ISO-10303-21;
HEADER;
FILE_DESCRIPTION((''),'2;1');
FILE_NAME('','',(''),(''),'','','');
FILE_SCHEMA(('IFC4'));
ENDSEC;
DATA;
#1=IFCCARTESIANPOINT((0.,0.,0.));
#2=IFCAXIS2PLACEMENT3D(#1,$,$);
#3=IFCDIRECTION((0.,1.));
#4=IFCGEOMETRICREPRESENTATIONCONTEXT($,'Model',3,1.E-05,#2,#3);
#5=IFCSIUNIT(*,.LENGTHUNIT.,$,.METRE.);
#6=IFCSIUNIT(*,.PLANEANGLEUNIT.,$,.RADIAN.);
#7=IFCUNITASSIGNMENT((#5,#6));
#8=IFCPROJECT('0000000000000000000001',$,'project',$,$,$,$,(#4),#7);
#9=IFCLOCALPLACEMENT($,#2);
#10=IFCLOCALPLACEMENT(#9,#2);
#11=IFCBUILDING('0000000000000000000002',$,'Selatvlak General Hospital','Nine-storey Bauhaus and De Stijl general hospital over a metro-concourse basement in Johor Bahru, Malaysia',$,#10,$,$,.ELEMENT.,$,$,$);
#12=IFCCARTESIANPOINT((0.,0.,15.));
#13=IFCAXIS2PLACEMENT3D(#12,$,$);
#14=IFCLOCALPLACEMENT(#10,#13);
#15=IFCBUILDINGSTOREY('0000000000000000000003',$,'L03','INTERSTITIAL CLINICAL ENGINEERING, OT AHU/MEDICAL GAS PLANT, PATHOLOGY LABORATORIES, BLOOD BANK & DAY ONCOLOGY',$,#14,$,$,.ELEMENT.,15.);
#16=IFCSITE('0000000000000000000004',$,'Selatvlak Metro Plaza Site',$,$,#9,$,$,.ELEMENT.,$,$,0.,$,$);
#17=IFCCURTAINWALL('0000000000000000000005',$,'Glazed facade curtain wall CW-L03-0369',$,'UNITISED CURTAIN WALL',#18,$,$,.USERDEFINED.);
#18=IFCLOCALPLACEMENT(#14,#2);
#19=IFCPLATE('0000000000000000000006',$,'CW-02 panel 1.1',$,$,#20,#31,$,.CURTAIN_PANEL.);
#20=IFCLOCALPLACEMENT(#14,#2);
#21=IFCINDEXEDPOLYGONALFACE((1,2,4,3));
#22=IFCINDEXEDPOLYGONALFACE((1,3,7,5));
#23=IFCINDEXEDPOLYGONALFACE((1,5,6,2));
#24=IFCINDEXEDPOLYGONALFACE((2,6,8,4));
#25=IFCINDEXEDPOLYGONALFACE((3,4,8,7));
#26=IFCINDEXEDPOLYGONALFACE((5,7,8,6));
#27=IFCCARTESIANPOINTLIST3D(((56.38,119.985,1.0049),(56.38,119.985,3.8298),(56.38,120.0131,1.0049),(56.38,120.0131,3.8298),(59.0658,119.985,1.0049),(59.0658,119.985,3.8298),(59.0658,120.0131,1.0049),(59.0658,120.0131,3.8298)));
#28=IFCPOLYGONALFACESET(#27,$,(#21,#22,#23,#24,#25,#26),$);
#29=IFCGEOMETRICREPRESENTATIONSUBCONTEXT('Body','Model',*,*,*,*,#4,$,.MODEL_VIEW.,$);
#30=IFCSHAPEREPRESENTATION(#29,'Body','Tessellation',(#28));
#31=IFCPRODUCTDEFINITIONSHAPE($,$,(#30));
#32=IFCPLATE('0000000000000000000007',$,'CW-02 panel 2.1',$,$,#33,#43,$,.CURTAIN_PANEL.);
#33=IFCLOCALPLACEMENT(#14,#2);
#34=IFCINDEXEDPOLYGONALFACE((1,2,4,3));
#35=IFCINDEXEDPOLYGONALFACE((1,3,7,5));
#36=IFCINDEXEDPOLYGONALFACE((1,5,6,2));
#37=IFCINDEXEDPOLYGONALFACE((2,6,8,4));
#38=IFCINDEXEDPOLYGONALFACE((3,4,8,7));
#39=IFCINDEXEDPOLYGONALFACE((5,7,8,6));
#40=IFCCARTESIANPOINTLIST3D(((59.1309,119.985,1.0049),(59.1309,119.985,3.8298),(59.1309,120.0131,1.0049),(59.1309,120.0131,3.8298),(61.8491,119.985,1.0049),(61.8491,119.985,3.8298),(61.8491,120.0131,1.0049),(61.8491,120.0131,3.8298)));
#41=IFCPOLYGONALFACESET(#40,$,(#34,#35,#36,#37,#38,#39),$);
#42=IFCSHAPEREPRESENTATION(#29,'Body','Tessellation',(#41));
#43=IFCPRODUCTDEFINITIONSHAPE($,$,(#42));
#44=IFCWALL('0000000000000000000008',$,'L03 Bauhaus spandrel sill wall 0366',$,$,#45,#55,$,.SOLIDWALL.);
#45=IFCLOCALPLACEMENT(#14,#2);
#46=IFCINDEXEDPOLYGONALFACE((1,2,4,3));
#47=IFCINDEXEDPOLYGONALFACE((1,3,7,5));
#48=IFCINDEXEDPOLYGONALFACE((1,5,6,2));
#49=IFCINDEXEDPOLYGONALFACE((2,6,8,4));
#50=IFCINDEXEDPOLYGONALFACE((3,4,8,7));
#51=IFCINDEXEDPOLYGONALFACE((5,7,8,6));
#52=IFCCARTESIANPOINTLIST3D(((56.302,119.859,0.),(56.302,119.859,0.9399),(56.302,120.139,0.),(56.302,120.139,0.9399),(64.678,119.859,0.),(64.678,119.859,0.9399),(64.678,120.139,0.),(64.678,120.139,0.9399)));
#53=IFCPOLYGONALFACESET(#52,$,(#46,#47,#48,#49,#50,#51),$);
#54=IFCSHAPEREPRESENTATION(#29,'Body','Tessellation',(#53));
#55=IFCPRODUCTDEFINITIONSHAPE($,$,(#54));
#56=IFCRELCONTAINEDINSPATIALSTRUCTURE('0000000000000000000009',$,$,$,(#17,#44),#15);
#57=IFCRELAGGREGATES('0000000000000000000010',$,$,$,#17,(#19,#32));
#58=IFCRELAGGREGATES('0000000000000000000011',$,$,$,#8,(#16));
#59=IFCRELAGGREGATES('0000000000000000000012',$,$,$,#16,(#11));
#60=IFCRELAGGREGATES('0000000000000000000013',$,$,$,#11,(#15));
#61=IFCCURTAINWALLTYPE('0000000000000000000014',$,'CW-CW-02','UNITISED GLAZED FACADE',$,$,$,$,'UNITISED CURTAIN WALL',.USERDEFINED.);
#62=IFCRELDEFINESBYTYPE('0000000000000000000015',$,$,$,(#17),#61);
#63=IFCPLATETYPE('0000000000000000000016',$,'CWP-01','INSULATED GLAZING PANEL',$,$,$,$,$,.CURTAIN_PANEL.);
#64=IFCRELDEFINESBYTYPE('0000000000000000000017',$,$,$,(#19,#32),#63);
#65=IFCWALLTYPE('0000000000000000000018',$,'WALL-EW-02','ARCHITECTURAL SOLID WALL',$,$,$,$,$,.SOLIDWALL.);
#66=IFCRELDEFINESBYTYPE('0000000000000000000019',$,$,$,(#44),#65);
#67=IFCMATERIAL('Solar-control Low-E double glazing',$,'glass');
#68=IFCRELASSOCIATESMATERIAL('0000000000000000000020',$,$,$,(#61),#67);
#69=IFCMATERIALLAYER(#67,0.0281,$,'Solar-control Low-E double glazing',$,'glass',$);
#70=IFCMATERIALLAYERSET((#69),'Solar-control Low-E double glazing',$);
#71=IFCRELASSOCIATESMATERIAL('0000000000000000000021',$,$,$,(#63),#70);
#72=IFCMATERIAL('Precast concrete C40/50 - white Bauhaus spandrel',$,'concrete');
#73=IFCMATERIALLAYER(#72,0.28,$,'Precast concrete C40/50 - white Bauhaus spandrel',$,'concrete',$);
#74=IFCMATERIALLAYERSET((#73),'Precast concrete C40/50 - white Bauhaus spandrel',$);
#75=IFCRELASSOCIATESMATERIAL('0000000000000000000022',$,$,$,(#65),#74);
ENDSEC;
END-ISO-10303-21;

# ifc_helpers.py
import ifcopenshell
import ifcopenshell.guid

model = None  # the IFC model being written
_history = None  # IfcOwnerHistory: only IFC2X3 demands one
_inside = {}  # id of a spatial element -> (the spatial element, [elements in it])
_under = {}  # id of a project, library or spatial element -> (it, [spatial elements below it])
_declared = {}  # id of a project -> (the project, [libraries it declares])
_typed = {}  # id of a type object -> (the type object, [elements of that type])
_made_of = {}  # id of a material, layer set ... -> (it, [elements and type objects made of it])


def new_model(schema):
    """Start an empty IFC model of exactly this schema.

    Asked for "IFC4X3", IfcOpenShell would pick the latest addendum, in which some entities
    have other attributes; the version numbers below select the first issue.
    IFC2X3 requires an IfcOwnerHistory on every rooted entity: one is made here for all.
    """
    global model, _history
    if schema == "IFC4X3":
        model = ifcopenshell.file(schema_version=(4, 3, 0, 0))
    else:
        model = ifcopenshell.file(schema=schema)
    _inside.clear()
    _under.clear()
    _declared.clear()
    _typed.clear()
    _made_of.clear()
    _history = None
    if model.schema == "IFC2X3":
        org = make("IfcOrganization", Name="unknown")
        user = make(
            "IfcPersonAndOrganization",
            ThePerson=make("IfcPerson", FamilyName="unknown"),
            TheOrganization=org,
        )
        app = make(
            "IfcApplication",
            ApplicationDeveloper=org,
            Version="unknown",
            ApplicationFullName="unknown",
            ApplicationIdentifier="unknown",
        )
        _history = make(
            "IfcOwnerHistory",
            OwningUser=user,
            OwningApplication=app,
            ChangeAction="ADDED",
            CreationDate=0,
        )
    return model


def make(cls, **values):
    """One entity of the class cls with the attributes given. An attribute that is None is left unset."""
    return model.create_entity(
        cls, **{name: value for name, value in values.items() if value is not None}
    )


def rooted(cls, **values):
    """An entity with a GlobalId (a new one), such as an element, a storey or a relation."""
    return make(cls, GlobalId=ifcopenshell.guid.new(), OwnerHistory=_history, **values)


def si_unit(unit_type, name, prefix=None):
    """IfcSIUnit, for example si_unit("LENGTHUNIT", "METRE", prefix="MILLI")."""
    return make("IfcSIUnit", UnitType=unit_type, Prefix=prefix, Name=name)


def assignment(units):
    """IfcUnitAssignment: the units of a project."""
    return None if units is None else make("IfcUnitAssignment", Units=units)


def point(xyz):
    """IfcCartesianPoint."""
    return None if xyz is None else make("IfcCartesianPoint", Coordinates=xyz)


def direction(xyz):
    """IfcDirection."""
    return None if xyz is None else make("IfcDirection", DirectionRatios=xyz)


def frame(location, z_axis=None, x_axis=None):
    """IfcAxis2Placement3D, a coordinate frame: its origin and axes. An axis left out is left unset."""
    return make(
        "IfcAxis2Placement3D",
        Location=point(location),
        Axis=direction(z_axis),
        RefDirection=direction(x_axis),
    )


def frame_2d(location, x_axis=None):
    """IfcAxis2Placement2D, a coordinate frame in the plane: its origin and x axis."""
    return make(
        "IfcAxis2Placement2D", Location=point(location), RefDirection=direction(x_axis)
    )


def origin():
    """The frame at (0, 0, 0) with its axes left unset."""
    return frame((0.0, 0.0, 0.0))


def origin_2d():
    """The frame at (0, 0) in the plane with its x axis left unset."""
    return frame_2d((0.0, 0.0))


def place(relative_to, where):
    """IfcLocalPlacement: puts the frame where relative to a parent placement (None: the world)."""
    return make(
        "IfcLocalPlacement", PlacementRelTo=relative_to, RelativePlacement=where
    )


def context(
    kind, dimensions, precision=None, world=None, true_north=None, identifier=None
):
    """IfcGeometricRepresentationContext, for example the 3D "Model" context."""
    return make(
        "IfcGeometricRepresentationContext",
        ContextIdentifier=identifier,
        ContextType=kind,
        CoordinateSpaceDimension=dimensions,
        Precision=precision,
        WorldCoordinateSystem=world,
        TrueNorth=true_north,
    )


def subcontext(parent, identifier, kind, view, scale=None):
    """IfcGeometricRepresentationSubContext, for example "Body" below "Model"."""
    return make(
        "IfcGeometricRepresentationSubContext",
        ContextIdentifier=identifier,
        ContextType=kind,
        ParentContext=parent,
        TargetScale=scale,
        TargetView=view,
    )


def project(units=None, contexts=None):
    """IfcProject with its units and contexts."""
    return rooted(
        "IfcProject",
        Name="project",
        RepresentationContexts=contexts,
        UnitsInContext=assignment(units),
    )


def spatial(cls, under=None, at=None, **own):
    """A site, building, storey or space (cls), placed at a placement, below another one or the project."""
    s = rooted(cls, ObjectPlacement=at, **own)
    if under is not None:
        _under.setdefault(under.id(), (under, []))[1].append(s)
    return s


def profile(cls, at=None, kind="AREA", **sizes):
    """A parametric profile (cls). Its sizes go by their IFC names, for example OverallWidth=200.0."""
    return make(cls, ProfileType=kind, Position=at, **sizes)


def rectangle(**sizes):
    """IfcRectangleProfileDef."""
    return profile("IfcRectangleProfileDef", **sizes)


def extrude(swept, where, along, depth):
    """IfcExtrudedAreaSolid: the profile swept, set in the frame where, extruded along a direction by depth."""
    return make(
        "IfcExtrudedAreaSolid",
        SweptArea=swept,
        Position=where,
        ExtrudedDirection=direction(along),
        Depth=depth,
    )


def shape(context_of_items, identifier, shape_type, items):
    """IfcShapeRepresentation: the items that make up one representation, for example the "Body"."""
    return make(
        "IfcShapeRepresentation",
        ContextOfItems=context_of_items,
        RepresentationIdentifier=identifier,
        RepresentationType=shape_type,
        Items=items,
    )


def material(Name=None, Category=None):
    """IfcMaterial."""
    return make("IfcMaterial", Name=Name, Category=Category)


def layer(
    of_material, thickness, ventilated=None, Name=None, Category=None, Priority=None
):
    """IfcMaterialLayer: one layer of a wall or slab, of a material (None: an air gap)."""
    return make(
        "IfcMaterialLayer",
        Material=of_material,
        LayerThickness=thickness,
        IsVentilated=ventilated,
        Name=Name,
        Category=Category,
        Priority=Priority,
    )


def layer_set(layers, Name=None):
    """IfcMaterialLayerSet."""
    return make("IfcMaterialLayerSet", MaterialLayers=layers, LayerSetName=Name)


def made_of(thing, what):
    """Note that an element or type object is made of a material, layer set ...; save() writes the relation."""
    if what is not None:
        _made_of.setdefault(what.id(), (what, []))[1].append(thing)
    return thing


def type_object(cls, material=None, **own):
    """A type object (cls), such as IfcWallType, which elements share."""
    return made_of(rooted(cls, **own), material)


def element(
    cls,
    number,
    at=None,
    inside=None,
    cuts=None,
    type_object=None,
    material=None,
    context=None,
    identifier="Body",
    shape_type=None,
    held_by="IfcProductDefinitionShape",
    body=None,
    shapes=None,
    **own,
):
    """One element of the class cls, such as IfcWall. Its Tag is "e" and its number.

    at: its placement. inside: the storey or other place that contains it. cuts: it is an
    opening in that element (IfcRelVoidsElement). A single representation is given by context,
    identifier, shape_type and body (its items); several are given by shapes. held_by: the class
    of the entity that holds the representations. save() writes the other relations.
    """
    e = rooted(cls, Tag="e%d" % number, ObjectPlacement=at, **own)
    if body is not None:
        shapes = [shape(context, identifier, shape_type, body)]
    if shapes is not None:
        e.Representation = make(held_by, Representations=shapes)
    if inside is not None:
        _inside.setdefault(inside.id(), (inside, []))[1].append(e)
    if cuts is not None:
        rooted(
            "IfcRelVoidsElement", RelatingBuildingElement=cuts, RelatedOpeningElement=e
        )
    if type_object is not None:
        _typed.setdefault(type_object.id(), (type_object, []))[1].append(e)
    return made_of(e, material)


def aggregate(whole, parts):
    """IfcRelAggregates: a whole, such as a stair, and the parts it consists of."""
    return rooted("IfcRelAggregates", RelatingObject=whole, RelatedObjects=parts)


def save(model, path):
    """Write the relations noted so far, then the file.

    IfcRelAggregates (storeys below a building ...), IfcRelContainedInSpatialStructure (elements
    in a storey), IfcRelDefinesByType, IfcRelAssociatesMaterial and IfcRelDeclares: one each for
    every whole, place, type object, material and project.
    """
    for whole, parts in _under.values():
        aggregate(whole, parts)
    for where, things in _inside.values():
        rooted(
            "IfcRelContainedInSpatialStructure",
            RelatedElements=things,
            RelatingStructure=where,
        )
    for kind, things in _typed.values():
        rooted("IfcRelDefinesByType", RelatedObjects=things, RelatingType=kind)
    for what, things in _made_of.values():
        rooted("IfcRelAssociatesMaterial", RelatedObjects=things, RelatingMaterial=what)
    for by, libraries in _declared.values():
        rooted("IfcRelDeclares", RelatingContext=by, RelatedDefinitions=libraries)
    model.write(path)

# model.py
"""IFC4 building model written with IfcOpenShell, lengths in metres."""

from ifc_helpers import new_model, si_unit, direction, frame, frame_2d, origin, origin_2d, place, context, subcontext, project, spatial, rectangle, extrude, material, layer, layer_set, type_object, element, aggregate, save


model = new_model("IFC4")

# Units and contexts
model_context = context("Model", 3, precision=1e-05, world=origin(), true_north=direction((0.0, 1.0)))
body_context = subcontext(model_context, "Body", "Model", "MODEL_VIEW")
ifc_project = project(units=[si_unit("LENGTHUNIT", "METRE"), si_unit("PLANEANGLEUNIT", "RADIAN")], contexts=[model_context])

# Site, building, storey
site_placement = place(None, origin())
site = spatial("IfcSite", under=ifc_project, at=site_placement, Name="Selatvlak Metro Plaza Site", CompositionType="ELEMENT", RefElevation=0.0)
building_placement = place(site_placement, origin())
building = spatial("IfcBuilding", under=site, at=building_placement, Name="Selatvlak General Hospital", Description="Nine-storey Bauhaus and De Stijl general hospital over a metro-concourse basement in Johor Bahru, Malaysia", CompositionType="ELEMENT")
storey_placement = place(building_placement, frame((0.0, 0.0, 15.0)))
storey = spatial("IfcBuildingStorey", under=building, at=storey_placement, Name="L03", Description="INTERSTITIAL CLINICAL ENGINEERING, OT AHU/MEDICAL GAS PLANT, PATHOLOGY LABORATORIES, BLOOD BANK & DAY ONCOLOGY", CompositionType="ELEMENT", Elevation=15.0)

# Curtain wall
ifc_material_1 = material(Name="Solar-control Low-E double glazing", Category="glass")
curtain_wall_type_1 = type_object("IfcCurtainWallType", Name="CW-CW-02", Description="UNITISED GLAZED FACADE", ElementType="UNITISED CURTAIN WALL", PredefinedType="USERDEFINED", material=ifc_material_1)
curtain_wall_1_placement = place(storey_placement, origin())
curtain_wall_1 = element("IfcCurtainWall", 1, at=curtain_wall_1_placement, inside=storey, type_object=curtain_wall_type_1, Name="Glazed facade curtain wall CW-L03-0369", ObjectType="UNITISED CURTAIN WALL", PredefinedType="USERDEFINED")

# Plates
ifc_layer_1 = layer(ifc_material_1, 0.0281, Name="Solar-control Low-E double glazing", Category="glass")
ifc_layer_set_1 = layer_set([ifc_layer_1], Name="Solar-control Low-E double glazing")
plate_type = type_object("IfcPlateType", Name="CWP-01", Description="INSULATED GLAZING PANEL", PredefinedType="CURTAIN_PANEL", material=ifc_layer_set_1)
plate_1_placement = place(storey_placement, frame((57.7229, 119.999, 1.0049), z_axis=(0.0, 0.0, 1.0), x_axis=(1.0, 0.0, 0.0)))
plate_1 = element("IfcPlate", 2, at=plate_1_placement, type_object=plate_type, Name="CW-02 panel 1.1", PredefinedType="CURTAIN_PANEL", context=body_context, shape_type="SweptSolid", body=[
    extrude(rectangle(XDim=2.6858, YDim=0.0281, at=origin_2d()), origin(), (0.0, 0.0, 1.0), 2.825),
])
plate_2_placement = place(storey_placement, frame((60.49, 119.999, 1.0049), z_axis=(0.0, 0.0, 1.0), x_axis=(1.0, 0.0, 0.0)))
plate_2 = element("IfcPlate", 3, at=plate_2_placement, type_object=plate_type, Name="CW-02 panel 2.1", PredefinedType="CURTAIN_PANEL", context=body_context, shape_type="SweptSolid", body=[
    extrude(rectangle(XDim=2.7183, YDim=0.0281, at=origin_2d()), origin(), (0.0, 0.0, 1.0), 2.825),
])
aggregate(curtain_wall_1, [plate_1, plate_2])

# Wall
ifc_material_2 = material(Name="Precast concrete C40/50 - white Bauhaus spandrel", Category="concrete")
ifc_layer_2 = layer(ifc_material_2, 0.28, Name="Precast concrete C40/50 - white Bauhaus spandrel", Category="concrete")
ifc_layer_set_2 = layer_set([ifc_layer_2], Name="Precast concrete C40/50 - white Bauhaus spandrel")
wall_type = type_object("IfcWallType", Name="WALL-EW-02", Description="ARCHITECTURAL SOLID WALL", PredefinedType="SOLIDWALL", material=ifc_layer_set_2)
wall_placement = place(storey_placement, frame((56.302, 119.999, 0.0), z_axis=(0.0, 0.0, 1.0), x_axis=(1.0, 0.0, 0.0)))
element("IfcWall", 4, at=wall_placement, inside=storey, type_object=wall_type, Name="L03 Bauhaus spandrel sill wall 0366", PredefinedType="SOLIDWALL", context=body_context, shape_type="SweptSolid", body=[
    extrude(rectangle(XDim=8.376, YDim=0.28, at=frame_2d((4.188, 0.0))), origin(), (0.0, 0.0, 1.0), 0.9399),
])

save(model, "model.ifc")
